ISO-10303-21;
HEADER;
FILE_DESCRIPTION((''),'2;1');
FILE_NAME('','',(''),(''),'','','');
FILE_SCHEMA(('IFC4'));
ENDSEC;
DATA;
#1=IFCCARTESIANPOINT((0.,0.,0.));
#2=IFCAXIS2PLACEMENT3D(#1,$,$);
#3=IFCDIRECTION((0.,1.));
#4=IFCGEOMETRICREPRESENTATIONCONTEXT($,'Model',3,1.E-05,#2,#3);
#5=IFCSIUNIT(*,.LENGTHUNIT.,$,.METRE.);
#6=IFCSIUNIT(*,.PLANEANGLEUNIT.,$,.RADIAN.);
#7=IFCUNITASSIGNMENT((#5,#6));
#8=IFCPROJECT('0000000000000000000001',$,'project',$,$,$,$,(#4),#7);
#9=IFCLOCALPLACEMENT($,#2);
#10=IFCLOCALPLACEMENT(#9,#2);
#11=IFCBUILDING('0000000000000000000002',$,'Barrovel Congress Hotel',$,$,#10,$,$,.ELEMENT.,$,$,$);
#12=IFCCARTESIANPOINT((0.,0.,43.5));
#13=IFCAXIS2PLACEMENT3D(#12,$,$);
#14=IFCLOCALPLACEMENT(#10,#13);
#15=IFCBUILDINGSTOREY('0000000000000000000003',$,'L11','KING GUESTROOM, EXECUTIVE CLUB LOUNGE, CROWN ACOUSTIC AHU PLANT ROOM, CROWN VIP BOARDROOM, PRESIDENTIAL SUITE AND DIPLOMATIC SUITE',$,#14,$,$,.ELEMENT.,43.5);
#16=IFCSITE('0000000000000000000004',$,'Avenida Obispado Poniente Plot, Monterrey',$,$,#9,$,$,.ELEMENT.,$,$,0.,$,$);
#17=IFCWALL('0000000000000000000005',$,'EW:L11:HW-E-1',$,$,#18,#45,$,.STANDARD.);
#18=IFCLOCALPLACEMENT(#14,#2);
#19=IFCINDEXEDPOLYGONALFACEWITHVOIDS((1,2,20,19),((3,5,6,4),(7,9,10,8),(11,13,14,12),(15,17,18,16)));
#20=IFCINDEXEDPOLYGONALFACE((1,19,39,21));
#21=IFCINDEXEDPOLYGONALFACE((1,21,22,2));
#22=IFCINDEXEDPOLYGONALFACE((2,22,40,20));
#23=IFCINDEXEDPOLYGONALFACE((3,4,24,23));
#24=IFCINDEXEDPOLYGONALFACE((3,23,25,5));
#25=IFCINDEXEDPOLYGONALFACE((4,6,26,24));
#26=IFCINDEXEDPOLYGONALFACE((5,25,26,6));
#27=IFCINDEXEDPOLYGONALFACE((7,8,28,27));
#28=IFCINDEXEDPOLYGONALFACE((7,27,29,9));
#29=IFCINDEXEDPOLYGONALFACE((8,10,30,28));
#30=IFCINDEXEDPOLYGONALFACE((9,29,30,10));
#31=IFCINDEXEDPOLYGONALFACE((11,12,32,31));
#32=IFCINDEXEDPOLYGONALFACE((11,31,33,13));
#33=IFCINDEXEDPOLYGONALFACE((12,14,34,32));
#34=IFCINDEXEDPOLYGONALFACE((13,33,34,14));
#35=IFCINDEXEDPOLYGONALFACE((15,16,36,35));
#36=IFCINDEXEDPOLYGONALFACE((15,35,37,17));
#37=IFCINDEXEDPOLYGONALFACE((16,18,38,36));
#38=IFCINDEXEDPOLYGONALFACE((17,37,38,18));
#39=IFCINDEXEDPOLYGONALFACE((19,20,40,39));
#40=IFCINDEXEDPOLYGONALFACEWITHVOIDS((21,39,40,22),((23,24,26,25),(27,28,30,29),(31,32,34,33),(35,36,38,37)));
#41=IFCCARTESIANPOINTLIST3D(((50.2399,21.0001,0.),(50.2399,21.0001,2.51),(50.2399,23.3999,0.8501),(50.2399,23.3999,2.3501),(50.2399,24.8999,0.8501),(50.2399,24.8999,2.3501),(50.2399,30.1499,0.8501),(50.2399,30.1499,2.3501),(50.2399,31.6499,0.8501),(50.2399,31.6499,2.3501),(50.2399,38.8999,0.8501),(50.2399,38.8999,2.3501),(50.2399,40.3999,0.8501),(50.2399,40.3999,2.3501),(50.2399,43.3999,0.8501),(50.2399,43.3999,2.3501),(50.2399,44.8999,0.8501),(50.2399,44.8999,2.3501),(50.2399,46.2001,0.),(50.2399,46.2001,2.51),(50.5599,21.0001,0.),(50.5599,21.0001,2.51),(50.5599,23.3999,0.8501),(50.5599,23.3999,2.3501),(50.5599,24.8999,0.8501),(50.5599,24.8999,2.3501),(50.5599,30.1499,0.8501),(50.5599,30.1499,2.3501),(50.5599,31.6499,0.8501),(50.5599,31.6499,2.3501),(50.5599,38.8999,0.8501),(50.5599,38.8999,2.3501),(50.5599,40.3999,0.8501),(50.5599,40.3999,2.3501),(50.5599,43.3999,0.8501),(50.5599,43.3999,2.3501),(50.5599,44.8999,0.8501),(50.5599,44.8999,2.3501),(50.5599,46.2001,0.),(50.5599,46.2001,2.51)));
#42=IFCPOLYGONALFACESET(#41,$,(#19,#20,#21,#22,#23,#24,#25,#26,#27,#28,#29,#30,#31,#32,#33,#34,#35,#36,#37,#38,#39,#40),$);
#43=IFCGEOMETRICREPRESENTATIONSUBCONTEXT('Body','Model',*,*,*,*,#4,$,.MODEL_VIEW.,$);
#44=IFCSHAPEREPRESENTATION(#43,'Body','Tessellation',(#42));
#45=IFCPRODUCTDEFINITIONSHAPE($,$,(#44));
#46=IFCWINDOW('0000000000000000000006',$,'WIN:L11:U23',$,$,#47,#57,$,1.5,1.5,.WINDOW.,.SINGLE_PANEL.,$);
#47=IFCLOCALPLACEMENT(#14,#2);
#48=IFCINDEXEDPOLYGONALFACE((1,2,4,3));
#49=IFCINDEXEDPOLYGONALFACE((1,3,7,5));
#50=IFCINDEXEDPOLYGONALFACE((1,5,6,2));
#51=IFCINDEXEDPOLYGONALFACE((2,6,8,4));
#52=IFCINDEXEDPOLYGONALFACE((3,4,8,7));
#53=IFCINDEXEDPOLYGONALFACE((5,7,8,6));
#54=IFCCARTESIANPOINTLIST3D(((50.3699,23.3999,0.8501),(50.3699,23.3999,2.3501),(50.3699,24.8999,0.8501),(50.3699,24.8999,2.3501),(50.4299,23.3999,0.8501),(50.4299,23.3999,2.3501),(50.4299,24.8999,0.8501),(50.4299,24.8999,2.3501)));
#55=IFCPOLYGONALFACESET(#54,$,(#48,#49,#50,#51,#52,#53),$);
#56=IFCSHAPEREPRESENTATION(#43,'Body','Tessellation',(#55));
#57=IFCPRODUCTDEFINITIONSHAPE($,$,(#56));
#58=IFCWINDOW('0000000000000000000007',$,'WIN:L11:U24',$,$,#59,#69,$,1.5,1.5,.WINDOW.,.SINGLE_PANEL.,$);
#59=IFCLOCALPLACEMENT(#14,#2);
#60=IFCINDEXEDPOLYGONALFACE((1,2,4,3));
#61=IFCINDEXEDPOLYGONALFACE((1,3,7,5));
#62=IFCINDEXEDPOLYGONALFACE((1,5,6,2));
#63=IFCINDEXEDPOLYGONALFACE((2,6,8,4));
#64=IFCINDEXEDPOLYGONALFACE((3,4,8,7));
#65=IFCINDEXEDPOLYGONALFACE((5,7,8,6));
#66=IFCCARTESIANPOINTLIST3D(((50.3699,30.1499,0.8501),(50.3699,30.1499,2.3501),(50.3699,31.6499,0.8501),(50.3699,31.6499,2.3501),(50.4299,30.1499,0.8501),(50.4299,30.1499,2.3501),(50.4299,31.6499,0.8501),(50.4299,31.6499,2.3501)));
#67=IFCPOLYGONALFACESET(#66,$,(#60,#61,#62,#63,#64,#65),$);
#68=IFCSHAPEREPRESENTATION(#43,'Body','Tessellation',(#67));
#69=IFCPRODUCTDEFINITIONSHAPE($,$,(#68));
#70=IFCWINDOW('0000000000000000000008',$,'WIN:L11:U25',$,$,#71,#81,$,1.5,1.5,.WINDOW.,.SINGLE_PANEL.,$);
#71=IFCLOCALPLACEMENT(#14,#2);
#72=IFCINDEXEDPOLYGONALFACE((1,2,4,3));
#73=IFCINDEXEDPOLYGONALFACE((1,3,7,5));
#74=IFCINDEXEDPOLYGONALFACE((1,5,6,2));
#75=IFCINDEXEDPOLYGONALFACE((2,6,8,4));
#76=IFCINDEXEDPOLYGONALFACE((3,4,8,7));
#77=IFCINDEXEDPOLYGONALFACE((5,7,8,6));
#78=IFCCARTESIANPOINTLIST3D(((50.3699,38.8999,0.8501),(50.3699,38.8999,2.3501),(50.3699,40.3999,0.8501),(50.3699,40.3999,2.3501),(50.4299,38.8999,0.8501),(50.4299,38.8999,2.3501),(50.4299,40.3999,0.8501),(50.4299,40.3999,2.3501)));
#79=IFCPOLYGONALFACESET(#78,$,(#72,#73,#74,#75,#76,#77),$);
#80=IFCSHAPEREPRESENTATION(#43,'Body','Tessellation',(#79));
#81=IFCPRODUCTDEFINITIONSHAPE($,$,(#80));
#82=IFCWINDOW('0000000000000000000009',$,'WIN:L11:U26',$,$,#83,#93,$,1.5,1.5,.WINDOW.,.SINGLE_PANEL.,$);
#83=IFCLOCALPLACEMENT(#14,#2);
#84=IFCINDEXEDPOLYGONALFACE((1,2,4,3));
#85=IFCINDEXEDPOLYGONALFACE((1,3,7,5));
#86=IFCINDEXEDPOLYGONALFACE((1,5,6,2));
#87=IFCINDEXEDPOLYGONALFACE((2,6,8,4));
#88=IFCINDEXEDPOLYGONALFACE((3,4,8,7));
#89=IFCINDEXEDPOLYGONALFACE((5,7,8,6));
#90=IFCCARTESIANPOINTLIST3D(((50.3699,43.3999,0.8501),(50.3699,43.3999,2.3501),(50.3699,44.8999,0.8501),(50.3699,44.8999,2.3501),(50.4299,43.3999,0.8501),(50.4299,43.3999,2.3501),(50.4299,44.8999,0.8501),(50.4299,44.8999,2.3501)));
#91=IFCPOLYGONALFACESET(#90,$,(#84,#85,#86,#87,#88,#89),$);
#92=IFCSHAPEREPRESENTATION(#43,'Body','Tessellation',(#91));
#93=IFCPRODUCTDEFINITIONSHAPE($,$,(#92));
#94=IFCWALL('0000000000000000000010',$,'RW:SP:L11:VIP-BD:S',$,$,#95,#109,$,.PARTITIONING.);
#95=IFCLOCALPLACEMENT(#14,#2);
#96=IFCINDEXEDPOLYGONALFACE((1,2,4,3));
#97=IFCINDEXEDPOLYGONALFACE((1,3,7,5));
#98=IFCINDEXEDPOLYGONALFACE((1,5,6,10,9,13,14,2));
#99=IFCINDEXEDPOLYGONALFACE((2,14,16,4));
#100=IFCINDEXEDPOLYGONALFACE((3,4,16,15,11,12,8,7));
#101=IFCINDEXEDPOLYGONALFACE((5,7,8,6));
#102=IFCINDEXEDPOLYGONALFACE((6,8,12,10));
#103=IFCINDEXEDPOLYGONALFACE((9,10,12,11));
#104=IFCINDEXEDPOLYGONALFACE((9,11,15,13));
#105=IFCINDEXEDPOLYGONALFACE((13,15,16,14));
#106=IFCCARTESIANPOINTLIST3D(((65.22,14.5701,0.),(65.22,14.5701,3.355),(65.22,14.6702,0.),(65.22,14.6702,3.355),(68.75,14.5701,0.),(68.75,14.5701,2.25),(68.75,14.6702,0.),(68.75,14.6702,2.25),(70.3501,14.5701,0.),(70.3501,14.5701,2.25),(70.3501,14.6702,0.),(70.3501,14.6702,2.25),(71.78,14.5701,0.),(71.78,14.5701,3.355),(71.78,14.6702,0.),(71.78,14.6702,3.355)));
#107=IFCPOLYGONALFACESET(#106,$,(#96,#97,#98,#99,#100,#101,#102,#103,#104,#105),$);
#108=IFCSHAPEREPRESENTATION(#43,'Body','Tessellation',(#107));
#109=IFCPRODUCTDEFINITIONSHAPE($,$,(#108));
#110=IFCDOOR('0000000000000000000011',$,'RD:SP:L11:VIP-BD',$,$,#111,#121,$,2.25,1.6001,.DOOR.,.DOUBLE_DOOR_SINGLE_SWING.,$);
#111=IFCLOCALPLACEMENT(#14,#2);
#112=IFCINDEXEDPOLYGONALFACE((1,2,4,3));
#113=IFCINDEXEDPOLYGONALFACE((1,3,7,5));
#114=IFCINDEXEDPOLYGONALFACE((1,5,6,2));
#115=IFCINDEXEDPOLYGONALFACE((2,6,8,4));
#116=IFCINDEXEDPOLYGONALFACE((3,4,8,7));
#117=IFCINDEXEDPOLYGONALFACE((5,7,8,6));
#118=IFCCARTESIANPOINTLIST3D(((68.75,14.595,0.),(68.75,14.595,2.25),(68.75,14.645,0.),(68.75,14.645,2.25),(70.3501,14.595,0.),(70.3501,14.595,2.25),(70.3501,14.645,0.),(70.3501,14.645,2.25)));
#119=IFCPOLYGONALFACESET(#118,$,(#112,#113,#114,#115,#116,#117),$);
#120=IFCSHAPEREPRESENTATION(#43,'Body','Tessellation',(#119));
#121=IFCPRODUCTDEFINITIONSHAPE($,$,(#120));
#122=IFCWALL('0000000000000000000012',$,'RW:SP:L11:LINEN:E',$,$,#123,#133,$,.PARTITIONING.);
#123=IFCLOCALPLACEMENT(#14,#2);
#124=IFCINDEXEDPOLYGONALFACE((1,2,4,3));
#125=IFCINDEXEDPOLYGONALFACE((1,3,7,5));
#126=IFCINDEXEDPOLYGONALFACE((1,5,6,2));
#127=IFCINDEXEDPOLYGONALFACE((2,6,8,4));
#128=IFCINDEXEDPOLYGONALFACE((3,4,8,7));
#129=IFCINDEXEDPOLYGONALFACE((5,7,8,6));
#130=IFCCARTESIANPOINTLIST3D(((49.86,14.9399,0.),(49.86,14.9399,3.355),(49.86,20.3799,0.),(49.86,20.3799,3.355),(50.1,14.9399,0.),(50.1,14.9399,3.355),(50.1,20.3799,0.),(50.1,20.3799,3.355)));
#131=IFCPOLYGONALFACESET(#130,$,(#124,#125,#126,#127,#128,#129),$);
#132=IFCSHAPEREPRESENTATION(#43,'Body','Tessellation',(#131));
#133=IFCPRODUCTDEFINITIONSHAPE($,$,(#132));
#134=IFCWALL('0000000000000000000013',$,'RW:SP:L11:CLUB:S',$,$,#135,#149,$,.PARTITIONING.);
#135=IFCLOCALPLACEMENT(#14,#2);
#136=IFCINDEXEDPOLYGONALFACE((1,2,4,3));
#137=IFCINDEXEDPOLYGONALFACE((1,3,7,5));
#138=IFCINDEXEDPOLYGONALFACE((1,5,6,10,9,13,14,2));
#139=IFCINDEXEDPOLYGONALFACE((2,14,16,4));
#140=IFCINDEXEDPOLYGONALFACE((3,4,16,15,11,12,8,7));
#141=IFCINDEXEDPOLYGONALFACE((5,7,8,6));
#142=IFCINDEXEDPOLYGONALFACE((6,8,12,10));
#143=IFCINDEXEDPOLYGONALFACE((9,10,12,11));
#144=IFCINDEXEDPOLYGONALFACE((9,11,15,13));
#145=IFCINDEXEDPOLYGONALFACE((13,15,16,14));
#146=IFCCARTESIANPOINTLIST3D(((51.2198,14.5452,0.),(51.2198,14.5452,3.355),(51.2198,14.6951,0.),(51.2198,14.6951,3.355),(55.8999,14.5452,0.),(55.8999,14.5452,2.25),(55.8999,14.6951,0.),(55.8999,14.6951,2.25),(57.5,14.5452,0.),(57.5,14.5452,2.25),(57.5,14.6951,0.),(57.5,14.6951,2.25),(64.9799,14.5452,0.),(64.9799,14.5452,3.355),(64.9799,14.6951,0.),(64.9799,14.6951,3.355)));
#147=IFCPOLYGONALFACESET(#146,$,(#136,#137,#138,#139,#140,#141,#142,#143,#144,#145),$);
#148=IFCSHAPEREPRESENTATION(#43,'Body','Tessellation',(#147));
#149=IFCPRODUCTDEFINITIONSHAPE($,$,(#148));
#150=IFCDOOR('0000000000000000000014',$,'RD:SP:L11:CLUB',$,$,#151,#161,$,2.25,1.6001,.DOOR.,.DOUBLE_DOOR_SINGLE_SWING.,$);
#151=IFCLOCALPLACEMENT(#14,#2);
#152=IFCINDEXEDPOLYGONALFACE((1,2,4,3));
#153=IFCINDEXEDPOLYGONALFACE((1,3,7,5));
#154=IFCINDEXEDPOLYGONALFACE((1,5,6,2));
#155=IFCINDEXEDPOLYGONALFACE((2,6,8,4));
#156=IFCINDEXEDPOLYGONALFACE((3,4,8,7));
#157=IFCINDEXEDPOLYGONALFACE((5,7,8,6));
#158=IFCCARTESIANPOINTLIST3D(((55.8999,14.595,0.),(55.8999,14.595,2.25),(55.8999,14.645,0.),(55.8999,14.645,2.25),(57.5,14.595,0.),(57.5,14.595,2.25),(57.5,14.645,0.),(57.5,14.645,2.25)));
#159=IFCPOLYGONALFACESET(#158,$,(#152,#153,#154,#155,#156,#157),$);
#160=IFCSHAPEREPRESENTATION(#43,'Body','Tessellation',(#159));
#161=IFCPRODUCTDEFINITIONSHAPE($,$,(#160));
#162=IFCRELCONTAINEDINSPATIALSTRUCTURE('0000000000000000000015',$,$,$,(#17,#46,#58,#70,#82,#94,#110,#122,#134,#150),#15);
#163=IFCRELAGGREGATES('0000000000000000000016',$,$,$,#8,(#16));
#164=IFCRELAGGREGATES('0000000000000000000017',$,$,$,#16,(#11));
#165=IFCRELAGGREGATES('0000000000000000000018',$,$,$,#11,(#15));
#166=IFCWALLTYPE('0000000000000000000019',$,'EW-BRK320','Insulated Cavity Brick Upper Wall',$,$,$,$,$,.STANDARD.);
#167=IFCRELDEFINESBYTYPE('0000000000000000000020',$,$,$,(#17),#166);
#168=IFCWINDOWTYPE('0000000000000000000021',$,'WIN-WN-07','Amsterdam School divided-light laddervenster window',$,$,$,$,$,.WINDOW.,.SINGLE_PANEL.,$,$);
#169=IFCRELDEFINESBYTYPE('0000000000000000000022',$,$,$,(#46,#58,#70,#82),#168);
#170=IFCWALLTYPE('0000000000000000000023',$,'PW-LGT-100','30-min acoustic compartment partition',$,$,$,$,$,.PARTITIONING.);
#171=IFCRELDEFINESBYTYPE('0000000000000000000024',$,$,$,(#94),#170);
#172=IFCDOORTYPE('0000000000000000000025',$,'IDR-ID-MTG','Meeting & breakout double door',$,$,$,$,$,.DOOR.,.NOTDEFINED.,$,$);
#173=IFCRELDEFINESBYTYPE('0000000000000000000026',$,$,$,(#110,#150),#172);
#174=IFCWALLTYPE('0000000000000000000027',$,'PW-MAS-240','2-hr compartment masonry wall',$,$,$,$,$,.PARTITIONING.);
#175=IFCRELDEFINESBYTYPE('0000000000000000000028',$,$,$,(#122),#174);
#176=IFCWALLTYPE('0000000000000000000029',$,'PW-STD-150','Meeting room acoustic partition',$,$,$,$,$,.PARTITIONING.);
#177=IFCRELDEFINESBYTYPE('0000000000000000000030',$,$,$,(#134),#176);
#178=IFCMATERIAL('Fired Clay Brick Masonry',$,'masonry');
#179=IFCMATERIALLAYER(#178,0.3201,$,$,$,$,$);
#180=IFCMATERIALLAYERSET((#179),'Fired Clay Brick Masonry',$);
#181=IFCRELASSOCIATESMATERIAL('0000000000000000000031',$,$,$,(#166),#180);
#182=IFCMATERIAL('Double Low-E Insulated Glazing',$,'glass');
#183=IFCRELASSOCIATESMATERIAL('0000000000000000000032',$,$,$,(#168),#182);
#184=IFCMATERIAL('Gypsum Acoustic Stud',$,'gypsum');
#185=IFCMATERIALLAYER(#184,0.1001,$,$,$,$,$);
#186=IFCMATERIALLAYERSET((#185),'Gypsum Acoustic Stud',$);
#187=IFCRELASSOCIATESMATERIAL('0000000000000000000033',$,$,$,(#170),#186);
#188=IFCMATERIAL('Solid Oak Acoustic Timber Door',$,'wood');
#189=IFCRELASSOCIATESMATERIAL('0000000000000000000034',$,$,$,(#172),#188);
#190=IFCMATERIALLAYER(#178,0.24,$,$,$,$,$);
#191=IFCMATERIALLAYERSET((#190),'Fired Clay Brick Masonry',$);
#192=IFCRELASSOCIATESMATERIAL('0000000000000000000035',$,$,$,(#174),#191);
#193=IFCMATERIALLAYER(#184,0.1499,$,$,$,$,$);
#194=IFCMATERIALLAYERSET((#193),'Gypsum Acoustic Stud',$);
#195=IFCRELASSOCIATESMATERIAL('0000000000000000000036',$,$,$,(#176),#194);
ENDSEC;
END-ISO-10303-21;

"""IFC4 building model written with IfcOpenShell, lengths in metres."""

from ifc_helpers import new_model, si_unit, direction, frame, frame_2d, origin, place, context, subcontext, project, spatial, rectangle, extrude, material, layer, layer_set, type_object, element, fill, save


model = new_model("IFC4")

# Units and contexts
model_context = context("Model", 3, precision=1e-05, world=origin(), true_north=direction((0.0, 1.0)))
body_context = subcontext(model_context, "Body", "Model", "MODEL_VIEW")
ifc_project = project(units=[si_unit("LENGTHUNIT", "METRE"), si_unit("PLANEANGLEUNIT", "RADIAN")], contexts=[model_context])

# Site, building, storey
site_placement = place(None, origin())
site = spatial("IfcSite", under=ifc_project, at=site_placement, Name="Avenida Obispado Poniente Plot, Monterrey", CompositionType="ELEMENT", RefElevation=0.0)
building_placement = place(site_placement, origin())
building = spatial("IfcBuilding", under=site, at=building_placement, Name="Barrovel Congress Hotel", CompositionType="ELEMENT")
storey_placement = place(building_placement, frame((0.0, 0.0, 43.5)))
storey = spatial("IfcBuildingStorey", under=building, at=storey_placement, Name="L11", Description="KING GUESTROOM, EXECUTIVE CLUB LOUNGE, CROWN ACOUSTIC AHU PLANT ROOM, CROWN VIP BOARDROOM, PRESIDENTIAL SUITE AND DIPLOMATIC SUITE", CompositionType="ELEMENT", Elevation=43.5)

# Wall, openings, windows
ifc_material_1 = material(Name="Fired Clay Brick Masonry", Category="masonry")
ifc_layer_1 = layer(ifc_material_1, 0.3201)
ifc_layer_set_1 = layer_set([ifc_layer_1], Name="Fired Clay Brick Masonry")
wall_type_1 = type_object("IfcWallType", Name="EW-BRK320", Description="Insulated Cavity Brick Upper Wall", PredefinedType="STANDARD", material=ifc_layer_set_1)
wall_1_placement = place(storey_placement, frame((50.3999, 21.0, 0.0), z_axis=(0.0, 0.0, 1.0), x_axis=(0.0, 1.0, 0.0)))
wall_1 = element("IfcWall", 1, at=wall_1_placement, inside=storey, type_object=wall_type_1, Name="EW:L11:HW-E-1", PredefinedType="STANDARD", context=body_context, shape_type="SweptSolid", body=[
    extrude(rectangle(XDim=25.2, YDim=0.3201, at=frame_2d((12.6001, 0.0))), origin(), (0.0, 0.0, 1.0), 2.51),
])
opening_1_placement = place(wall_1_placement, frame((2.3999, 0.0, 0.8501)))
opening_1 = element("IfcOpeningElement", 2, at=opening_1_placement, cuts=wall_1, PredefinedType="OPENING", context=body_context, shape_type="SweptSolid", body=[
    extrude(rectangle(XDim=1.5, YDim=1.5, at=frame_2d((0.75, 0.75))), frame((0.0, 0.1699, 0.0), z_axis=(0.0, -1.0, 0.0), x_axis=(1.0, 0.0, 0.0)), (0.0, 0.0, 1.0), 0.3401),
])
opening_2_placement = place(wall_1_placement, frame((9.1499, 0.0, 0.8501)))
opening_2 = element("IfcOpeningElement", 3, at=opening_2_placement, cuts=wall_1, PredefinedType="OPENING", context=body_context, shape_type="SweptSolid", body=[
    extrude(rectangle(XDim=1.5, YDim=1.5, at=frame_2d((0.75, 0.75))), frame((0.0, 0.1699, 0.0), z_axis=(0.0, -1.0, 0.0), x_axis=(1.0, 0.0, 0.0)), (0.0, 0.0, 1.0), 0.3401),
])
opening_3_placement = place(wall_1_placement, frame((17.8999, 0.0, 0.8501)))
opening_3 = element("IfcOpeningElement", 4, at=opening_3_placement, cuts=wall_1, PredefinedType="OPENING", context=body_context, shape_type="SweptSolid", body=[
    extrude(rectangle(XDim=1.5, YDim=1.5, at=frame_2d((0.75, 0.75))), frame((0.0, 0.1699, 0.0), z_axis=(0.0, -1.0, 0.0), x_axis=(1.0, 0.0, 0.0)), (0.0, 0.0, 1.0), 0.3401),
])
opening_4_placement = place(wall_1_placement, frame((22.3999, 0.0, 0.8501)))
opening_4 = element("IfcOpeningElement", 5, at=opening_4_placement, cuts=wall_1, PredefinedType="OPENING", context=body_context, shape_type="SweptSolid", body=[
    extrude(rectangle(XDim=1.5, YDim=1.5, at=frame_2d((0.75, 0.75))), frame((0.0, 0.1699, 0.0), z_axis=(0.0, -1.0, 0.0), x_axis=(1.0, 0.0, 0.0)), (0.0, 0.0, 1.0), 0.3401),
])
ifc_material_2 = material(Name="Double Low-E Insulated Glazing", Category="glass")
window_type = type_object("IfcWindowType", Name="WIN-WN-07", Description="Amsterdam School divided-light laddervenster window", PartitioningType="SINGLE_PANEL", PredefinedType="WINDOW", material=ifc_material_2)
window_1_placement = place(opening_1_placement, origin())
window_1 = element("IfcWindow", 6, at=window_1_placement, inside=storey, type_object=window_type, Name="WIN:L11:U23", OverallHeight=1.5, OverallWidth=1.5, PartitioningType="SINGLE_PANEL", PredefinedType="WINDOW", context=body_context, shape_type="SweptSolid", body=[
    extrude(rectangle(XDim=1.5, YDim=1.5, at=frame_2d((0.75, 0.75))), frame((0.0, 0.03, 0.0), z_axis=(0.0, -1.0, 0.0), x_axis=(1.0, 0.0, 0.0)), (0.0, 0.0, 1.0), 0.0601),
])
fill(opening_1, window_1)
window_2_placement = place(opening_2_placement, origin())
window_2 = element("IfcWindow", 7, at=window_2_placement, inside=storey, type_object=window_type, Name="WIN:L11:U24", OverallHeight=1.5, OverallWidth=1.5, PartitioningType="SINGLE_PANEL", PredefinedType="WINDOW", context=body_context, shape_type="SweptSolid", body=[
    extrude(rectangle(XDim=1.5, YDim=1.5, at=frame_2d((0.75, 0.75))), frame((0.0, 0.03, 0.0), z_axis=(0.0, -1.0, 0.0), x_axis=(1.0, 0.0, 0.0)), (0.0, 0.0, 1.0), 0.0601),
])
fill(opening_2, window_2)
window_3_placement = place(opening_3_placement, origin())
window_3 = element("IfcWindow", 8, at=window_3_placement, inside=storey, type_object=window_type, Name="WIN:L11:U25", OverallHeight=1.5, OverallWidth=1.5, PartitioningType="SINGLE_PANEL", PredefinedType="WINDOW", context=body_context, shape_type="SweptSolid", body=[
    extrude(rectangle(XDim=1.5, YDim=1.5, at=frame_2d((0.75, 0.75))), frame((0.0, 0.03, 0.0), z_axis=(0.0, -1.0, 0.0), x_axis=(1.0, 0.0, 0.0)), (0.0, 0.0, 1.0), 0.0601),
])
fill(opening_3, window_3)
window_4_placement = place(opening_4_placement, origin())
window_4 = element("IfcWindow", 9, at=window_4_placement, inside=storey, type_object=window_type, Name="WIN:L11:U26", OverallHeight=1.5, OverallWidth=1.5, PartitioningType="SINGLE_PANEL", PredefinedType="WINDOW", context=body_context, shape_type="SweptSolid", body=[
    extrude(rectangle(XDim=1.5, YDim=1.5, at=frame_2d((0.75, 0.75))), frame((0.0, 0.03, 0.0), z_axis=(0.0, -1.0, 0.0), x_axis=(1.0, 0.0, 0.0)), (0.0, 0.0, 1.0), 0.0601),
])
fill(opening_4, window_4)

# Wall, opening, door
ifc_material_3 = material(Name="Gypsum Acoustic Stud", Category="gypsum")
ifc_layer_2 = layer(ifc_material_3, 0.1001)
ifc_layer_set_2 = layer_set([ifc_layer_2], Name="Gypsum Acoustic Stud")
wall_type_2 = type_object("IfcWallType", Name="PW-LGT-100", Description="30-min acoustic compartment partition", PredefinedType="PARTITIONING", material=ifc_layer_set_2)
wall_2_placement = place(storey_placement, frame((65.22, 14.6201, 0.0), z_axis=(0.0, 0.0, 1.0), x_axis=(1.0, 0.0, 0.0)))
wall_2 = element("IfcWall", 10, at=wall_2_placement, inside=storey, type_object=wall_type_2, Name="RW:SP:L11:VIP-BD:S", PredefinedType="PARTITIONING", context=body_context, shape_type="SweptSolid", body=[
    extrude(rectangle(XDim=6.5601, YDim=0.1001, at=frame_2d((3.28, 0.0))), origin(), (0.0, 0.0, 1.0), 3.355),
])
opening_5_placement = place(wall_2_placement, frame((3.53, 0.0, 0.0)))
opening_5 = element("IfcOpeningElement", 11, at=opening_5_placement, cuts=wall_2, PredefinedType="OPENING", context=body_context, shape_type="SweptSolid", body=[
    extrude(rectangle(XDim=1.6001, YDim=2.25, at=frame_2d((0.8, 1.125))), frame((0.0, 0.0601, 0.0), z_axis=(0.0, -1.0, 0.0), x_axis=(1.0, 0.0, 0.0)), (0.0, 0.0, 1.0), 0.1201),
])
ifc_material_4 = material(Name="Solid Oak Acoustic Timber Door", Category="wood")
door_type = type_object("IfcDoorType", Name="IDR-ID-MTG", Description="Meeting & breakout double door", OperationType="NOTDEFINED", PredefinedType="DOOR", material=ifc_material_4)
door_1_placement = place(opening_5_placement, origin())
door_1 = element("IfcDoor", 12, at=door_1_placement, inside=storey, type_object=door_type, Name="RD:SP:L11:VIP-BD", OperationType="DOUBLE_DOOR_SINGLE_SWING", OverallHeight=2.25, OverallWidth=1.6001, PredefinedType="DOOR", context=body_context, shape_type="SweptSolid", body=[
    extrude(rectangle(XDim=1.6001, YDim=2.25, at=frame_2d((0.8, 1.125))), frame((0.0, 0.0249, 0.0), z_axis=(0.0, -1.0, 0.0), x_axis=(1.0, 0.0, 0.0)), (0.0, 0.0, 1.0), 0.05),
])
fill(opening_5, door_1)

# Wall
ifc_layer_3 = layer(ifc_material_1, 0.24)
ifc_layer_set_3 = layer_set([ifc_layer_3], Name="Fired Clay Brick Masonry")
wall_type_3 = type_object("IfcWallType", Name="PW-MAS-240", Description="2-hr compartment masonry wall", PredefinedType="PARTITIONING", material=ifc_layer_set_3)
wall_3_placement = place(storey_placement, frame((49.98, 14.9399, 0.0), z_axis=(0.0, 0.0, 1.0), x_axis=(0.0, 1.0, 0.0)))
element("IfcWall", 13, at=wall_3_placement, inside=storey, type_object=wall_type_3, Name="RW:SP:L11:LINEN:E", PredefinedType="PARTITIONING", context=body_context, shape_type="SweptSolid", body=[
    extrude(rectangle(XDim=5.4399, YDim=0.24, at=frame_2d((2.72, 0.0))), origin(), (0.0, 0.0, 1.0), 3.355),
])

# Wall, opening, door
ifc_layer_4 = layer(ifc_material_3, 0.1499)
ifc_layer_set_4 = layer_set([ifc_layer_4], Name="Gypsum Acoustic Stud")
wall_type_4 = type_object("IfcWallType", Name="PW-STD-150", Description="Meeting room acoustic partition", PredefinedType="PARTITIONING", material=ifc_layer_set_4)
wall_4_placement = place(storey_placement, frame((51.22, 14.6201, 0.0), z_axis=(0.0, 0.0, 1.0), x_axis=(1.0, 0.0, 0.0)))
wall_4 = element("IfcWall", 14, at=wall_4_placement, inside=storey, type_object=wall_type_4, Name="RW:SP:L11:CLUB:S", PredefinedType="PARTITIONING", context=body_context, shape_type="SweptSolid", body=[
    extrude(rectangle(XDim=13.76, YDim=0.1499, at=frame_2d((6.8799, 0.0))), origin(), (0.0, 0.0, 1.0), 3.355),
])
opening_6_placement = place(wall_4_placement, frame((4.6799, 0.0, 0.0)))
opening_6 = element("IfcOpeningElement", 15, at=opening_6_placement, cuts=wall_4, PredefinedType="OPENING", context=body_context, shape_type="SweptSolid", body=[
    extrude(rectangle(XDim=1.6001, YDim=2.25, at=frame_2d((0.8, 1.125))), frame((0.0, 0.085, 0.0), z_axis=(0.0, -1.0, 0.0), x_axis=(1.0, 0.0, 0.0)), (0.0, 0.0, 1.0), 0.1699),
])
door_2_placement = place(opening_6_placement, origin())
door_2 = element("IfcDoor", 16, at=door_2_placement, inside=storey, type_object=door_type, Name="RD:SP:L11:CLUB", OperationType="DOUBLE_DOOR_SINGLE_SWING", OverallHeight=2.25, OverallWidth=1.6001, PredefinedType="DOOR", context=body_context, shape_type="SweptSolid", body=[
    extrude(rectangle(XDim=1.6001, YDim=2.25, at=frame_2d((0.8, 1.125))), frame((0.0, 0.0249, 0.0), z_axis=(0.0, -1.0, 0.0), x_axis=(1.0, 0.0, 0.0)), (0.0, 0.0, 1.0), 0.05),
])
fill(opening_6, door_2)

save(model, "model.ifc")
